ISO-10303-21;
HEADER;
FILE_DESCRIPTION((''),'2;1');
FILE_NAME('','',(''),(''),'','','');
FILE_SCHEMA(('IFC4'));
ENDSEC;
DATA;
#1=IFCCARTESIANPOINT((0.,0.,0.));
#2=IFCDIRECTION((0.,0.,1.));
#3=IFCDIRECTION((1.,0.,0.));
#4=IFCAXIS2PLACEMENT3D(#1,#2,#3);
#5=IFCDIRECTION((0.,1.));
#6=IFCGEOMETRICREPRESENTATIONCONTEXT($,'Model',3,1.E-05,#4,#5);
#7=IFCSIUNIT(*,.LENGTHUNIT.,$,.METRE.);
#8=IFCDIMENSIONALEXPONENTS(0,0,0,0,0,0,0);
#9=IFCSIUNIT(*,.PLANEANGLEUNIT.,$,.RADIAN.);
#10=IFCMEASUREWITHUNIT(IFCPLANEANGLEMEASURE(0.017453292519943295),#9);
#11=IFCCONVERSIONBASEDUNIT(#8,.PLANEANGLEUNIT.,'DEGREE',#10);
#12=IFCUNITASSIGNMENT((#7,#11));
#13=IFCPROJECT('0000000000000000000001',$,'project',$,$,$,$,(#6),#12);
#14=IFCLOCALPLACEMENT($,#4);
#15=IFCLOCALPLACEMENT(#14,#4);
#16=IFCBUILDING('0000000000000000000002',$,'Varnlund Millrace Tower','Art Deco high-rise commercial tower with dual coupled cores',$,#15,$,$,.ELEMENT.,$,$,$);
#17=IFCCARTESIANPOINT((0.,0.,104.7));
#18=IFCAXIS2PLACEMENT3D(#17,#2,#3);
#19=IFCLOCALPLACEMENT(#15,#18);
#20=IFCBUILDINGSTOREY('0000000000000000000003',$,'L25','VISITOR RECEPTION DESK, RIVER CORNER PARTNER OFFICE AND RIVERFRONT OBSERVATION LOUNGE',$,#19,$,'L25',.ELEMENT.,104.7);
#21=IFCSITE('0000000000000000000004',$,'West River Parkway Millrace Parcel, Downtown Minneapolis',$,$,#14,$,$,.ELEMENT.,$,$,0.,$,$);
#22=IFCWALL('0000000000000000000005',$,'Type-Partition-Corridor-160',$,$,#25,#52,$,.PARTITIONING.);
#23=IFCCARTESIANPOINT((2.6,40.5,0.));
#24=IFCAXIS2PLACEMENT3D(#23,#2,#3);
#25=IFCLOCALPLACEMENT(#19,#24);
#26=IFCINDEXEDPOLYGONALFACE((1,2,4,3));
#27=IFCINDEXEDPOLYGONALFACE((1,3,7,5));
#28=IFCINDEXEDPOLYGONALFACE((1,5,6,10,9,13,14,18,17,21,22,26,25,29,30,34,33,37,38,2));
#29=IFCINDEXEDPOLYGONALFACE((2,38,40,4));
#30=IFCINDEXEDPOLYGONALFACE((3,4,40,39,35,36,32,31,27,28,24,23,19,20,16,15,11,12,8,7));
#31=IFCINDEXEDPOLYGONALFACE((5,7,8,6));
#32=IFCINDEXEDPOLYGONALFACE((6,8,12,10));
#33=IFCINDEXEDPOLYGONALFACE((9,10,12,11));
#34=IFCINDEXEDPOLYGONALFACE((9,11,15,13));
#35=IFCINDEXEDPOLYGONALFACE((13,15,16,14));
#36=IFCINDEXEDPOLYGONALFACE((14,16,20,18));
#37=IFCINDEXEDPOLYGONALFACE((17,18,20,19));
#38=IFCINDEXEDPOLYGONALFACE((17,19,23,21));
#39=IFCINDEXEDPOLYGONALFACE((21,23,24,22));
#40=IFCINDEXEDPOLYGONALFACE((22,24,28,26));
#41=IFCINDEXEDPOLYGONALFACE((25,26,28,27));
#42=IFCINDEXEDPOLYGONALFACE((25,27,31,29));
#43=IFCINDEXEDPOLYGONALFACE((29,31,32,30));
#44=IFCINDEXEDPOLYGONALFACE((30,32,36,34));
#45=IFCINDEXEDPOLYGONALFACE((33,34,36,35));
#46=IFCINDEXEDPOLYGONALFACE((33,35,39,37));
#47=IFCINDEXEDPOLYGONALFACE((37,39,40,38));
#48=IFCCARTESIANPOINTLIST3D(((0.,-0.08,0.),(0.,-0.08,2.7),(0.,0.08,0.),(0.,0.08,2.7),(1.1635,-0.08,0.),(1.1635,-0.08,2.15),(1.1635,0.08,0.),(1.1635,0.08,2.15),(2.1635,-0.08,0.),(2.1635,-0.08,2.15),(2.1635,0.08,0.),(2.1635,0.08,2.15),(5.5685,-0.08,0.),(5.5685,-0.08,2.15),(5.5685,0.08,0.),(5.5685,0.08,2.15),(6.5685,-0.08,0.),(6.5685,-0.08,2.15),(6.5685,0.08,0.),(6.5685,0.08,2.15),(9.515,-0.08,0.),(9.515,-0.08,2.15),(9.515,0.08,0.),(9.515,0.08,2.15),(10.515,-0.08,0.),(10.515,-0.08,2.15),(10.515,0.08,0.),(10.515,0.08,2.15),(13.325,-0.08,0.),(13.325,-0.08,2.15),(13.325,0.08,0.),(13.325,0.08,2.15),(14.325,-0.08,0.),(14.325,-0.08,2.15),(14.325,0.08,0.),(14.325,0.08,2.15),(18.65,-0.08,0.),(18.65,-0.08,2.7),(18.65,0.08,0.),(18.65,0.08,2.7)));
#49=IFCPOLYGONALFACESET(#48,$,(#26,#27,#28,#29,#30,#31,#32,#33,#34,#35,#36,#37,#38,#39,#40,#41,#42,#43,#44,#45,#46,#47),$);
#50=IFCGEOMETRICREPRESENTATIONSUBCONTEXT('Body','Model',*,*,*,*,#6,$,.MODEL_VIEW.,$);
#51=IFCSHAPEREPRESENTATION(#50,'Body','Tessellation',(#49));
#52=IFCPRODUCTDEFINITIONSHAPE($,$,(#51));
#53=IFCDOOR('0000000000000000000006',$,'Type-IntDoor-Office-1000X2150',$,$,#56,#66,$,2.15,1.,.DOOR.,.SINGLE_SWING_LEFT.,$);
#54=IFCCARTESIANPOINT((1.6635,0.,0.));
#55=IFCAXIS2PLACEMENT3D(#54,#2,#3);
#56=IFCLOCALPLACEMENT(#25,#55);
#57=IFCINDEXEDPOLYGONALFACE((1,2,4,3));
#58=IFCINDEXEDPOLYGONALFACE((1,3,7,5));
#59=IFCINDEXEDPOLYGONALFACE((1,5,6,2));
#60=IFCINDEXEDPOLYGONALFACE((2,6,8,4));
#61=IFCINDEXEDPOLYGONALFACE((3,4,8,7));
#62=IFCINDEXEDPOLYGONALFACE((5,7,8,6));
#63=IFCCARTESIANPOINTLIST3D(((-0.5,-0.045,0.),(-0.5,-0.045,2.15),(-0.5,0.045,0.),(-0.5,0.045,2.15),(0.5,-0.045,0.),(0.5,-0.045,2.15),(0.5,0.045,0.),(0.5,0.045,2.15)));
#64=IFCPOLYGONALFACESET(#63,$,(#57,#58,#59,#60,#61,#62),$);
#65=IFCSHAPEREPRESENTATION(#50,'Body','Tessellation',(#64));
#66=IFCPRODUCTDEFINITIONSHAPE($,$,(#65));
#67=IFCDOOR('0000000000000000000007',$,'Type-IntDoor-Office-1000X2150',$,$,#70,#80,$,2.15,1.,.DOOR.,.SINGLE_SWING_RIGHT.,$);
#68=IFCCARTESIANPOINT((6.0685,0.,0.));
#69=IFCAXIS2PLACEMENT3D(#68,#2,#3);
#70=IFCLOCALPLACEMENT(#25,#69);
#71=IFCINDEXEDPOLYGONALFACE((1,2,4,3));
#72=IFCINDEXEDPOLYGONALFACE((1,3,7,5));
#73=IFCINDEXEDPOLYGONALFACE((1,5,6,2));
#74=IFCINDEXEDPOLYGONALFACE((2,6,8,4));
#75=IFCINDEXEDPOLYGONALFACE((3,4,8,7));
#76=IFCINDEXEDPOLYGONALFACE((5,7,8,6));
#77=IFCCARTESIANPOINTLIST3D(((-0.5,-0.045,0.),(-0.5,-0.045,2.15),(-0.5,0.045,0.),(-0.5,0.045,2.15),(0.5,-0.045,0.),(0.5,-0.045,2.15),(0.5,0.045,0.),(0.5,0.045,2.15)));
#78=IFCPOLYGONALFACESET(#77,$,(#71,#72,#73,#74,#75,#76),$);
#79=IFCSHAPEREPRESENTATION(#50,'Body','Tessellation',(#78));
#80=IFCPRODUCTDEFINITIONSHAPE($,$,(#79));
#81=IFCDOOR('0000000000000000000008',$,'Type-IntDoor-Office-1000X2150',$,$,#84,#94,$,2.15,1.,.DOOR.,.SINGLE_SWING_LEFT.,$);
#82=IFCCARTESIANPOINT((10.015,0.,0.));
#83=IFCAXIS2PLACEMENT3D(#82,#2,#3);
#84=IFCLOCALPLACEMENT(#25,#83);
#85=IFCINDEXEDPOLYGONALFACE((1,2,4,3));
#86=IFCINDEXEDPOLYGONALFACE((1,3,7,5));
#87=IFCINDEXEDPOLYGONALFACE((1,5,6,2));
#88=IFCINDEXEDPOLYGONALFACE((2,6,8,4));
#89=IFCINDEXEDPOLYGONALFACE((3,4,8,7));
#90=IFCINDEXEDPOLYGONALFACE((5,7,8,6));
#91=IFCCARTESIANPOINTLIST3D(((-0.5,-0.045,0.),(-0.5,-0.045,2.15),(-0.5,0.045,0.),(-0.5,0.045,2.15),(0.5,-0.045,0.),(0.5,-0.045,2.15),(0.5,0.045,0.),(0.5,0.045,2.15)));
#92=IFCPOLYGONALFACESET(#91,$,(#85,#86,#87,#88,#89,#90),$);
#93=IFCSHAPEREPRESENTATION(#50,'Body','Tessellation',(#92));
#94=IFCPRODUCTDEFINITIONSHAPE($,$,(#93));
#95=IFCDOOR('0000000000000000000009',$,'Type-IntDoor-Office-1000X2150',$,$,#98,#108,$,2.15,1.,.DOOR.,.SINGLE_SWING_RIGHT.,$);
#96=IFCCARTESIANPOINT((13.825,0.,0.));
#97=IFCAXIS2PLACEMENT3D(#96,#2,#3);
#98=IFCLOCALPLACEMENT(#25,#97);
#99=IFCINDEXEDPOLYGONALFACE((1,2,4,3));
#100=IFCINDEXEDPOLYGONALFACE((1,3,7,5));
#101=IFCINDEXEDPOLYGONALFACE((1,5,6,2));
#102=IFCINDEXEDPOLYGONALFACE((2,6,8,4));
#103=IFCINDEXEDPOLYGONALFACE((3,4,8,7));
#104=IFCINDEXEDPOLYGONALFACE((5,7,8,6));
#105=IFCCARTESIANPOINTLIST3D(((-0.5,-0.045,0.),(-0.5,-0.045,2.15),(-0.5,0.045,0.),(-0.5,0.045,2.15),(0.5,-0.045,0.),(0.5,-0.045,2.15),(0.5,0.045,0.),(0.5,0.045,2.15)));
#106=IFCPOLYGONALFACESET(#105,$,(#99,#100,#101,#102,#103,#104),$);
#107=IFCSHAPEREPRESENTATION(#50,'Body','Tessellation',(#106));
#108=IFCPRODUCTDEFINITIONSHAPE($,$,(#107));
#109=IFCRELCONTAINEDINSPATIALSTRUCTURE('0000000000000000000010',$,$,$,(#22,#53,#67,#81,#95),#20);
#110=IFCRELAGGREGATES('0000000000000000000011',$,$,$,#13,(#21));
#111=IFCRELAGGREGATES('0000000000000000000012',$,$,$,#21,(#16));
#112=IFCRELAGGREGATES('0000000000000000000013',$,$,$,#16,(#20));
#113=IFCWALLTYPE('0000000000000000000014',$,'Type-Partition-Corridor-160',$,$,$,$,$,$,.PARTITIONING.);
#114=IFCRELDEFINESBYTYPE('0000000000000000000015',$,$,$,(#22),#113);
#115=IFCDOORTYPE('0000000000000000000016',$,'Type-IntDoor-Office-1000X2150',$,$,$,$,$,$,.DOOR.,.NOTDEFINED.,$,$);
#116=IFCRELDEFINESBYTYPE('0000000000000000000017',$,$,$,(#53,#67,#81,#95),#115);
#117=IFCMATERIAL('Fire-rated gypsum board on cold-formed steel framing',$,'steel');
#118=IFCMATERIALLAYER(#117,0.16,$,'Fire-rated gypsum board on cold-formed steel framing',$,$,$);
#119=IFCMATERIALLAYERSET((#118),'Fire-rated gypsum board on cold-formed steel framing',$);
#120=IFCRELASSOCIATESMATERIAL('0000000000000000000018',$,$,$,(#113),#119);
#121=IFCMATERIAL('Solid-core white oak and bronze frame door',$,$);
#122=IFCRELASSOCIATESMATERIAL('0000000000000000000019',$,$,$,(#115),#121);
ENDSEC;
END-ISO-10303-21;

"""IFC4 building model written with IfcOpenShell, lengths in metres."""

from ifc_helpers import new_model, entity, si_unit, converted_unit, direction, frame, origin_with_axes, origin_2d_with_axis, place, context, subcontext, project, spatial, polyline, rectangle, outline, extrude, material, layer, layer_set, type_object, element, fill, save


model = new_model("IFC4")

# Units and contexts
model_context = context("Model", 3, precision=1e-05, world=origin_with_axes(), true_north=direction((0.0, 1.0)))
body_context = subcontext(model_context, "Body", "Model", "MODEL_VIEW")
ifc_project = project(units=[si_unit("LENGTHUNIT", "METRE"), converted_unit("PLANEANGLEUNIT", "DEGREE", entity("IfcPlaneAngleMeasure", 0.017453292519943295), si_unit("PLANEANGLEUNIT", "RADIAN"), dimensions=[0, 0, 0, 0, 0, 0, 0])], contexts=[model_context])

# Site, building, storey
site_placement = place(None, origin_with_axes())
site = spatial("IfcSite", under=ifc_project, at=site_placement, Name="West River Parkway Millrace Parcel, Downtown Minneapolis", CompositionType="ELEMENT", RefElevation=0.0)
building_placement = place(site_placement, origin_with_axes())
building = spatial("IfcBuilding", under=site, at=building_placement, Name="Varnlund Millrace Tower", Description="Art Deco high-rise commercial tower with dual coupled cores", CompositionType="ELEMENT")
storey_placement = place(building_placement, frame((0.0, 0.0, 104.7), z_axis=(0.0, 0.0, 1.0), x_axis=(1.0, 0.0, 0.0)))
storey = spatial("IfcBuildingStorey", under=building, at=storey_placement, Name="L25", Description="VISITOR RECEPTION DESK, RIVER CORNER PARTNER OFFICE AND RIVERFRONT OBSERVATION LOUNGE", LongName="L25", CompositionType="ELEMENT", Elevation=104.7)

# Wall, openings, doors
ifc_material_1 = material(Name="Fire-rated gypsum board on cold-formed steel framing", Category="steel")
ifc_layer_1 = layer(ifc_material_1, 0.16, Name="Fire-rated gypsum board on cold-formed steel framing")
ifc_layer_set_1 = layer_set([ifc_layer_1], Name="Fire-rated gypsum board on cold-formed steel framing")
wall_type_1 = type_object("IfcWallType", Name="Type-Partition-Corridor-160", PredefinedType="PARTITIONING", material=ifc_layer_set_1)
wall_1_placement = place(storey_placement, frame((2.6, 40.5, 0.0), z_axis=(0.0, 0.0, 1.0), x_axis=(1.0, 0.0, 0.0)))
wall_1 = element("IfcWall", 1, at=wall_1_placement, inside=storey, type_object=wall_type_1, Name="Type-Partition-Corridor-160", PredefinedType="PARTITIONING", context=body_context, shape_type="SweptSolid", body=[
    extrude(outline(polyline([(0.0, -0.08), (18.65, -0.08), (18.65, 0.08), (0.0, 0.08), (0.0, -0.08)])), origin_with_axes(), (0.0, 0.0, 1.0), 2.7),
])
opening_1_placement = place(wall_1_placement, frame((1.6635, 0.0, 0.0), z_axis=(0.0, 0.0, 1.0), x_axis=(1.0, 0.0, 0.0)))
opening_1 = element("IfcOpeningElement", 2, at=opening_1_placement, cuts=wall_1, PredefinedType="OPENING", context=body_context, shape_type="SweptSolid", body=[
    extrude(rectangle(XDim=1.0, YDim=0.18, at=origin_2d_with_axis()), origin_with_axes(), (0.0, 0.0, 1.0), 2.15),
])
opening_2_placement = place(wall_1_placement, frame((6.0685, 0.0, 0.0), z_axis=(0.0, 0.0, 1.0), x_axis=(1.0, 0.0, 0.0)))
opening_2 = element("IfcOpeningElement", 3, at=opening_2_placement, cuts=wall_1, PredefinedType="OPENING", context=body_context, shape_type="SweptSolid", body=[
    extrude(rectangle(XDim=1.0, YDim=0.18, at=origin_2d_with_axis()), origin_with_axes(), (0.0, 0.0, 1.0), 2.15),
])
opening_3_placement = place(wall_1_placement, frame((10.015, 0.0, 0.0), z_axis=(0.0, 0.0, 1.0), x_axis=(1.0, 0.0, 0.0)))
opening_3 = element("IfcOpeningElement", 4, at=opening_3_placement, cuts=wall_1, PredefinedType="OPENING", context=body_context, shape_type="SweptSolid", body=[
    extrude(rectangle(XDim=1.0, YDim=0.18, at=origin_2d_with_axis()), origin_with_axes(), (0.0, 0.0, 1.0), 2.15),
])
opening_4_placement = place(wall_1_placement, frame((13.825, 0.0, 0.0), z_axis=(0.0, 0.0, 1.0), x_axis=(1.0, 0.0, 0.0)))
opening_4 = element("IfcOpeningElement", 5, at=opening_4_placement, cuts=wall_1, PredefinedType="OPENING", context=body_context, shape_type="SweptSolid", body=[
    extrude(rectangle(XDim=1.0, YDim=0.18, at=origin_2d_with_axis()), origin_with_axes(), (0.0, 0.0, 1.0), 2.15),
])
ifc_material_2 = material(Name="Solid-core white oak and bronze frame door")
door_type = type_object("IfcDoorType", Name="Type-IntDoor-Office-1000X2150", OperationType="NOTDEFINED", PredefinedType="DOOR", material=ifc_material_2)
door_1_placement = place(wall_1_placement, frame((1.6635, 0.0, 0.0), z_axis=(0.0, 0.0, 1.0), x_axis=(1.0, 0.0, 0.0)))
door_1 = element("IfcDoor", 6, at=door_1_placement, inside=storey, type_object=door_type, Name="Type-IntDoor-Office-1000X2150", OperationType="SINGLE_SWING_LEFT", OverallHeight=2.15, OverallWidth=1.0, PredefinedType="DOOR", context=body_context, shape_type="SweptSolid", body=[
    extrude(rectangle(XDim=1.0, YDim=0.09, at=origin_2d_with_axis()), origin_with_axes(), (0.0, 0.0, 1.0), 2.15),
])
fill(opening_1, door_1)
door_2_placement = place(wall_1_placement, frame((6.0685, 0.0, 0.0), z_axis=(0.0, 0.0, 1.0), x_axis=(1.0, 0.0, 0.0)))
door_2 = element("IfcDoor", 7, at=door_2_placement, inside=storey, type_object=door_type, Name="Type-IntDoor-Office-1000X2150", OperationType="SINGLE_SWING_RIGHT", OverallHeight=2.15, OverallWidth=1.0, PredefinedType="DOOR", context=body_context, shape_type="SweptSolid", body=[
    extrude(rectangle(XDim=1.0, YDim=0.09, at=origin_2d_with_axis()), origin_with_axes(), (0.0, 0.0, 1.0), 2.15),
])
fill(opening_2, door_2)
door_3_placement = place(wall_1_placement, frame((10.015, 0.0, 0.0), z_axis=(0.0, 0.0, 1.0), x_axis=(1.0, 0.0, 0.0)))
door_3 = element("IfcDoor", 8, at=door_3_placement, inside=storey, type_object=door_type, Name="Type-IntDoor-Office-1000X2150", OperationType="SINGLE_SWING_LEFT", OverallHeight=2.15, OverallWidth=1.0, PredefinedType="DOOR", context=body_context, shape_type="SweptSolid", body=[
    extrude(rectangle(XDim=1.0, YDim=0.09, at=origin_2d_with_axis()), origin_with_axes(), (0.0, 0.0, 1.0), 2.15),
])
fill(opening_3, door_3)
door_4_placement = place(wall_1_placement, frame((13.825, 0.0, 0.0), z_axis=(0.0, 0.0, 1.0), x_axis=(1.0, 0.0, 0.0)))
door_4 = element("IfcDoor", 9, at=door_4_placement, inside=storey, type_object=door_type, Name="Type-IntDoor-Office-1000X2150", OperationType="SINGLE_SWING_RIGHT", OverallHeight=2.15, OverallWidth=1.0, PredefinedType="DOOR", context=body_context, shape_type="SweptSolid", body=[
    extrude(rectangle(XDim=1.0, YDim=0.09, at=origin_2d_with_axis()), origin_with_axes(), (0.0, 0.0, 1.0), 2.15),
])
fill(opening_4, door_4)

save(model, "model.ifc")
